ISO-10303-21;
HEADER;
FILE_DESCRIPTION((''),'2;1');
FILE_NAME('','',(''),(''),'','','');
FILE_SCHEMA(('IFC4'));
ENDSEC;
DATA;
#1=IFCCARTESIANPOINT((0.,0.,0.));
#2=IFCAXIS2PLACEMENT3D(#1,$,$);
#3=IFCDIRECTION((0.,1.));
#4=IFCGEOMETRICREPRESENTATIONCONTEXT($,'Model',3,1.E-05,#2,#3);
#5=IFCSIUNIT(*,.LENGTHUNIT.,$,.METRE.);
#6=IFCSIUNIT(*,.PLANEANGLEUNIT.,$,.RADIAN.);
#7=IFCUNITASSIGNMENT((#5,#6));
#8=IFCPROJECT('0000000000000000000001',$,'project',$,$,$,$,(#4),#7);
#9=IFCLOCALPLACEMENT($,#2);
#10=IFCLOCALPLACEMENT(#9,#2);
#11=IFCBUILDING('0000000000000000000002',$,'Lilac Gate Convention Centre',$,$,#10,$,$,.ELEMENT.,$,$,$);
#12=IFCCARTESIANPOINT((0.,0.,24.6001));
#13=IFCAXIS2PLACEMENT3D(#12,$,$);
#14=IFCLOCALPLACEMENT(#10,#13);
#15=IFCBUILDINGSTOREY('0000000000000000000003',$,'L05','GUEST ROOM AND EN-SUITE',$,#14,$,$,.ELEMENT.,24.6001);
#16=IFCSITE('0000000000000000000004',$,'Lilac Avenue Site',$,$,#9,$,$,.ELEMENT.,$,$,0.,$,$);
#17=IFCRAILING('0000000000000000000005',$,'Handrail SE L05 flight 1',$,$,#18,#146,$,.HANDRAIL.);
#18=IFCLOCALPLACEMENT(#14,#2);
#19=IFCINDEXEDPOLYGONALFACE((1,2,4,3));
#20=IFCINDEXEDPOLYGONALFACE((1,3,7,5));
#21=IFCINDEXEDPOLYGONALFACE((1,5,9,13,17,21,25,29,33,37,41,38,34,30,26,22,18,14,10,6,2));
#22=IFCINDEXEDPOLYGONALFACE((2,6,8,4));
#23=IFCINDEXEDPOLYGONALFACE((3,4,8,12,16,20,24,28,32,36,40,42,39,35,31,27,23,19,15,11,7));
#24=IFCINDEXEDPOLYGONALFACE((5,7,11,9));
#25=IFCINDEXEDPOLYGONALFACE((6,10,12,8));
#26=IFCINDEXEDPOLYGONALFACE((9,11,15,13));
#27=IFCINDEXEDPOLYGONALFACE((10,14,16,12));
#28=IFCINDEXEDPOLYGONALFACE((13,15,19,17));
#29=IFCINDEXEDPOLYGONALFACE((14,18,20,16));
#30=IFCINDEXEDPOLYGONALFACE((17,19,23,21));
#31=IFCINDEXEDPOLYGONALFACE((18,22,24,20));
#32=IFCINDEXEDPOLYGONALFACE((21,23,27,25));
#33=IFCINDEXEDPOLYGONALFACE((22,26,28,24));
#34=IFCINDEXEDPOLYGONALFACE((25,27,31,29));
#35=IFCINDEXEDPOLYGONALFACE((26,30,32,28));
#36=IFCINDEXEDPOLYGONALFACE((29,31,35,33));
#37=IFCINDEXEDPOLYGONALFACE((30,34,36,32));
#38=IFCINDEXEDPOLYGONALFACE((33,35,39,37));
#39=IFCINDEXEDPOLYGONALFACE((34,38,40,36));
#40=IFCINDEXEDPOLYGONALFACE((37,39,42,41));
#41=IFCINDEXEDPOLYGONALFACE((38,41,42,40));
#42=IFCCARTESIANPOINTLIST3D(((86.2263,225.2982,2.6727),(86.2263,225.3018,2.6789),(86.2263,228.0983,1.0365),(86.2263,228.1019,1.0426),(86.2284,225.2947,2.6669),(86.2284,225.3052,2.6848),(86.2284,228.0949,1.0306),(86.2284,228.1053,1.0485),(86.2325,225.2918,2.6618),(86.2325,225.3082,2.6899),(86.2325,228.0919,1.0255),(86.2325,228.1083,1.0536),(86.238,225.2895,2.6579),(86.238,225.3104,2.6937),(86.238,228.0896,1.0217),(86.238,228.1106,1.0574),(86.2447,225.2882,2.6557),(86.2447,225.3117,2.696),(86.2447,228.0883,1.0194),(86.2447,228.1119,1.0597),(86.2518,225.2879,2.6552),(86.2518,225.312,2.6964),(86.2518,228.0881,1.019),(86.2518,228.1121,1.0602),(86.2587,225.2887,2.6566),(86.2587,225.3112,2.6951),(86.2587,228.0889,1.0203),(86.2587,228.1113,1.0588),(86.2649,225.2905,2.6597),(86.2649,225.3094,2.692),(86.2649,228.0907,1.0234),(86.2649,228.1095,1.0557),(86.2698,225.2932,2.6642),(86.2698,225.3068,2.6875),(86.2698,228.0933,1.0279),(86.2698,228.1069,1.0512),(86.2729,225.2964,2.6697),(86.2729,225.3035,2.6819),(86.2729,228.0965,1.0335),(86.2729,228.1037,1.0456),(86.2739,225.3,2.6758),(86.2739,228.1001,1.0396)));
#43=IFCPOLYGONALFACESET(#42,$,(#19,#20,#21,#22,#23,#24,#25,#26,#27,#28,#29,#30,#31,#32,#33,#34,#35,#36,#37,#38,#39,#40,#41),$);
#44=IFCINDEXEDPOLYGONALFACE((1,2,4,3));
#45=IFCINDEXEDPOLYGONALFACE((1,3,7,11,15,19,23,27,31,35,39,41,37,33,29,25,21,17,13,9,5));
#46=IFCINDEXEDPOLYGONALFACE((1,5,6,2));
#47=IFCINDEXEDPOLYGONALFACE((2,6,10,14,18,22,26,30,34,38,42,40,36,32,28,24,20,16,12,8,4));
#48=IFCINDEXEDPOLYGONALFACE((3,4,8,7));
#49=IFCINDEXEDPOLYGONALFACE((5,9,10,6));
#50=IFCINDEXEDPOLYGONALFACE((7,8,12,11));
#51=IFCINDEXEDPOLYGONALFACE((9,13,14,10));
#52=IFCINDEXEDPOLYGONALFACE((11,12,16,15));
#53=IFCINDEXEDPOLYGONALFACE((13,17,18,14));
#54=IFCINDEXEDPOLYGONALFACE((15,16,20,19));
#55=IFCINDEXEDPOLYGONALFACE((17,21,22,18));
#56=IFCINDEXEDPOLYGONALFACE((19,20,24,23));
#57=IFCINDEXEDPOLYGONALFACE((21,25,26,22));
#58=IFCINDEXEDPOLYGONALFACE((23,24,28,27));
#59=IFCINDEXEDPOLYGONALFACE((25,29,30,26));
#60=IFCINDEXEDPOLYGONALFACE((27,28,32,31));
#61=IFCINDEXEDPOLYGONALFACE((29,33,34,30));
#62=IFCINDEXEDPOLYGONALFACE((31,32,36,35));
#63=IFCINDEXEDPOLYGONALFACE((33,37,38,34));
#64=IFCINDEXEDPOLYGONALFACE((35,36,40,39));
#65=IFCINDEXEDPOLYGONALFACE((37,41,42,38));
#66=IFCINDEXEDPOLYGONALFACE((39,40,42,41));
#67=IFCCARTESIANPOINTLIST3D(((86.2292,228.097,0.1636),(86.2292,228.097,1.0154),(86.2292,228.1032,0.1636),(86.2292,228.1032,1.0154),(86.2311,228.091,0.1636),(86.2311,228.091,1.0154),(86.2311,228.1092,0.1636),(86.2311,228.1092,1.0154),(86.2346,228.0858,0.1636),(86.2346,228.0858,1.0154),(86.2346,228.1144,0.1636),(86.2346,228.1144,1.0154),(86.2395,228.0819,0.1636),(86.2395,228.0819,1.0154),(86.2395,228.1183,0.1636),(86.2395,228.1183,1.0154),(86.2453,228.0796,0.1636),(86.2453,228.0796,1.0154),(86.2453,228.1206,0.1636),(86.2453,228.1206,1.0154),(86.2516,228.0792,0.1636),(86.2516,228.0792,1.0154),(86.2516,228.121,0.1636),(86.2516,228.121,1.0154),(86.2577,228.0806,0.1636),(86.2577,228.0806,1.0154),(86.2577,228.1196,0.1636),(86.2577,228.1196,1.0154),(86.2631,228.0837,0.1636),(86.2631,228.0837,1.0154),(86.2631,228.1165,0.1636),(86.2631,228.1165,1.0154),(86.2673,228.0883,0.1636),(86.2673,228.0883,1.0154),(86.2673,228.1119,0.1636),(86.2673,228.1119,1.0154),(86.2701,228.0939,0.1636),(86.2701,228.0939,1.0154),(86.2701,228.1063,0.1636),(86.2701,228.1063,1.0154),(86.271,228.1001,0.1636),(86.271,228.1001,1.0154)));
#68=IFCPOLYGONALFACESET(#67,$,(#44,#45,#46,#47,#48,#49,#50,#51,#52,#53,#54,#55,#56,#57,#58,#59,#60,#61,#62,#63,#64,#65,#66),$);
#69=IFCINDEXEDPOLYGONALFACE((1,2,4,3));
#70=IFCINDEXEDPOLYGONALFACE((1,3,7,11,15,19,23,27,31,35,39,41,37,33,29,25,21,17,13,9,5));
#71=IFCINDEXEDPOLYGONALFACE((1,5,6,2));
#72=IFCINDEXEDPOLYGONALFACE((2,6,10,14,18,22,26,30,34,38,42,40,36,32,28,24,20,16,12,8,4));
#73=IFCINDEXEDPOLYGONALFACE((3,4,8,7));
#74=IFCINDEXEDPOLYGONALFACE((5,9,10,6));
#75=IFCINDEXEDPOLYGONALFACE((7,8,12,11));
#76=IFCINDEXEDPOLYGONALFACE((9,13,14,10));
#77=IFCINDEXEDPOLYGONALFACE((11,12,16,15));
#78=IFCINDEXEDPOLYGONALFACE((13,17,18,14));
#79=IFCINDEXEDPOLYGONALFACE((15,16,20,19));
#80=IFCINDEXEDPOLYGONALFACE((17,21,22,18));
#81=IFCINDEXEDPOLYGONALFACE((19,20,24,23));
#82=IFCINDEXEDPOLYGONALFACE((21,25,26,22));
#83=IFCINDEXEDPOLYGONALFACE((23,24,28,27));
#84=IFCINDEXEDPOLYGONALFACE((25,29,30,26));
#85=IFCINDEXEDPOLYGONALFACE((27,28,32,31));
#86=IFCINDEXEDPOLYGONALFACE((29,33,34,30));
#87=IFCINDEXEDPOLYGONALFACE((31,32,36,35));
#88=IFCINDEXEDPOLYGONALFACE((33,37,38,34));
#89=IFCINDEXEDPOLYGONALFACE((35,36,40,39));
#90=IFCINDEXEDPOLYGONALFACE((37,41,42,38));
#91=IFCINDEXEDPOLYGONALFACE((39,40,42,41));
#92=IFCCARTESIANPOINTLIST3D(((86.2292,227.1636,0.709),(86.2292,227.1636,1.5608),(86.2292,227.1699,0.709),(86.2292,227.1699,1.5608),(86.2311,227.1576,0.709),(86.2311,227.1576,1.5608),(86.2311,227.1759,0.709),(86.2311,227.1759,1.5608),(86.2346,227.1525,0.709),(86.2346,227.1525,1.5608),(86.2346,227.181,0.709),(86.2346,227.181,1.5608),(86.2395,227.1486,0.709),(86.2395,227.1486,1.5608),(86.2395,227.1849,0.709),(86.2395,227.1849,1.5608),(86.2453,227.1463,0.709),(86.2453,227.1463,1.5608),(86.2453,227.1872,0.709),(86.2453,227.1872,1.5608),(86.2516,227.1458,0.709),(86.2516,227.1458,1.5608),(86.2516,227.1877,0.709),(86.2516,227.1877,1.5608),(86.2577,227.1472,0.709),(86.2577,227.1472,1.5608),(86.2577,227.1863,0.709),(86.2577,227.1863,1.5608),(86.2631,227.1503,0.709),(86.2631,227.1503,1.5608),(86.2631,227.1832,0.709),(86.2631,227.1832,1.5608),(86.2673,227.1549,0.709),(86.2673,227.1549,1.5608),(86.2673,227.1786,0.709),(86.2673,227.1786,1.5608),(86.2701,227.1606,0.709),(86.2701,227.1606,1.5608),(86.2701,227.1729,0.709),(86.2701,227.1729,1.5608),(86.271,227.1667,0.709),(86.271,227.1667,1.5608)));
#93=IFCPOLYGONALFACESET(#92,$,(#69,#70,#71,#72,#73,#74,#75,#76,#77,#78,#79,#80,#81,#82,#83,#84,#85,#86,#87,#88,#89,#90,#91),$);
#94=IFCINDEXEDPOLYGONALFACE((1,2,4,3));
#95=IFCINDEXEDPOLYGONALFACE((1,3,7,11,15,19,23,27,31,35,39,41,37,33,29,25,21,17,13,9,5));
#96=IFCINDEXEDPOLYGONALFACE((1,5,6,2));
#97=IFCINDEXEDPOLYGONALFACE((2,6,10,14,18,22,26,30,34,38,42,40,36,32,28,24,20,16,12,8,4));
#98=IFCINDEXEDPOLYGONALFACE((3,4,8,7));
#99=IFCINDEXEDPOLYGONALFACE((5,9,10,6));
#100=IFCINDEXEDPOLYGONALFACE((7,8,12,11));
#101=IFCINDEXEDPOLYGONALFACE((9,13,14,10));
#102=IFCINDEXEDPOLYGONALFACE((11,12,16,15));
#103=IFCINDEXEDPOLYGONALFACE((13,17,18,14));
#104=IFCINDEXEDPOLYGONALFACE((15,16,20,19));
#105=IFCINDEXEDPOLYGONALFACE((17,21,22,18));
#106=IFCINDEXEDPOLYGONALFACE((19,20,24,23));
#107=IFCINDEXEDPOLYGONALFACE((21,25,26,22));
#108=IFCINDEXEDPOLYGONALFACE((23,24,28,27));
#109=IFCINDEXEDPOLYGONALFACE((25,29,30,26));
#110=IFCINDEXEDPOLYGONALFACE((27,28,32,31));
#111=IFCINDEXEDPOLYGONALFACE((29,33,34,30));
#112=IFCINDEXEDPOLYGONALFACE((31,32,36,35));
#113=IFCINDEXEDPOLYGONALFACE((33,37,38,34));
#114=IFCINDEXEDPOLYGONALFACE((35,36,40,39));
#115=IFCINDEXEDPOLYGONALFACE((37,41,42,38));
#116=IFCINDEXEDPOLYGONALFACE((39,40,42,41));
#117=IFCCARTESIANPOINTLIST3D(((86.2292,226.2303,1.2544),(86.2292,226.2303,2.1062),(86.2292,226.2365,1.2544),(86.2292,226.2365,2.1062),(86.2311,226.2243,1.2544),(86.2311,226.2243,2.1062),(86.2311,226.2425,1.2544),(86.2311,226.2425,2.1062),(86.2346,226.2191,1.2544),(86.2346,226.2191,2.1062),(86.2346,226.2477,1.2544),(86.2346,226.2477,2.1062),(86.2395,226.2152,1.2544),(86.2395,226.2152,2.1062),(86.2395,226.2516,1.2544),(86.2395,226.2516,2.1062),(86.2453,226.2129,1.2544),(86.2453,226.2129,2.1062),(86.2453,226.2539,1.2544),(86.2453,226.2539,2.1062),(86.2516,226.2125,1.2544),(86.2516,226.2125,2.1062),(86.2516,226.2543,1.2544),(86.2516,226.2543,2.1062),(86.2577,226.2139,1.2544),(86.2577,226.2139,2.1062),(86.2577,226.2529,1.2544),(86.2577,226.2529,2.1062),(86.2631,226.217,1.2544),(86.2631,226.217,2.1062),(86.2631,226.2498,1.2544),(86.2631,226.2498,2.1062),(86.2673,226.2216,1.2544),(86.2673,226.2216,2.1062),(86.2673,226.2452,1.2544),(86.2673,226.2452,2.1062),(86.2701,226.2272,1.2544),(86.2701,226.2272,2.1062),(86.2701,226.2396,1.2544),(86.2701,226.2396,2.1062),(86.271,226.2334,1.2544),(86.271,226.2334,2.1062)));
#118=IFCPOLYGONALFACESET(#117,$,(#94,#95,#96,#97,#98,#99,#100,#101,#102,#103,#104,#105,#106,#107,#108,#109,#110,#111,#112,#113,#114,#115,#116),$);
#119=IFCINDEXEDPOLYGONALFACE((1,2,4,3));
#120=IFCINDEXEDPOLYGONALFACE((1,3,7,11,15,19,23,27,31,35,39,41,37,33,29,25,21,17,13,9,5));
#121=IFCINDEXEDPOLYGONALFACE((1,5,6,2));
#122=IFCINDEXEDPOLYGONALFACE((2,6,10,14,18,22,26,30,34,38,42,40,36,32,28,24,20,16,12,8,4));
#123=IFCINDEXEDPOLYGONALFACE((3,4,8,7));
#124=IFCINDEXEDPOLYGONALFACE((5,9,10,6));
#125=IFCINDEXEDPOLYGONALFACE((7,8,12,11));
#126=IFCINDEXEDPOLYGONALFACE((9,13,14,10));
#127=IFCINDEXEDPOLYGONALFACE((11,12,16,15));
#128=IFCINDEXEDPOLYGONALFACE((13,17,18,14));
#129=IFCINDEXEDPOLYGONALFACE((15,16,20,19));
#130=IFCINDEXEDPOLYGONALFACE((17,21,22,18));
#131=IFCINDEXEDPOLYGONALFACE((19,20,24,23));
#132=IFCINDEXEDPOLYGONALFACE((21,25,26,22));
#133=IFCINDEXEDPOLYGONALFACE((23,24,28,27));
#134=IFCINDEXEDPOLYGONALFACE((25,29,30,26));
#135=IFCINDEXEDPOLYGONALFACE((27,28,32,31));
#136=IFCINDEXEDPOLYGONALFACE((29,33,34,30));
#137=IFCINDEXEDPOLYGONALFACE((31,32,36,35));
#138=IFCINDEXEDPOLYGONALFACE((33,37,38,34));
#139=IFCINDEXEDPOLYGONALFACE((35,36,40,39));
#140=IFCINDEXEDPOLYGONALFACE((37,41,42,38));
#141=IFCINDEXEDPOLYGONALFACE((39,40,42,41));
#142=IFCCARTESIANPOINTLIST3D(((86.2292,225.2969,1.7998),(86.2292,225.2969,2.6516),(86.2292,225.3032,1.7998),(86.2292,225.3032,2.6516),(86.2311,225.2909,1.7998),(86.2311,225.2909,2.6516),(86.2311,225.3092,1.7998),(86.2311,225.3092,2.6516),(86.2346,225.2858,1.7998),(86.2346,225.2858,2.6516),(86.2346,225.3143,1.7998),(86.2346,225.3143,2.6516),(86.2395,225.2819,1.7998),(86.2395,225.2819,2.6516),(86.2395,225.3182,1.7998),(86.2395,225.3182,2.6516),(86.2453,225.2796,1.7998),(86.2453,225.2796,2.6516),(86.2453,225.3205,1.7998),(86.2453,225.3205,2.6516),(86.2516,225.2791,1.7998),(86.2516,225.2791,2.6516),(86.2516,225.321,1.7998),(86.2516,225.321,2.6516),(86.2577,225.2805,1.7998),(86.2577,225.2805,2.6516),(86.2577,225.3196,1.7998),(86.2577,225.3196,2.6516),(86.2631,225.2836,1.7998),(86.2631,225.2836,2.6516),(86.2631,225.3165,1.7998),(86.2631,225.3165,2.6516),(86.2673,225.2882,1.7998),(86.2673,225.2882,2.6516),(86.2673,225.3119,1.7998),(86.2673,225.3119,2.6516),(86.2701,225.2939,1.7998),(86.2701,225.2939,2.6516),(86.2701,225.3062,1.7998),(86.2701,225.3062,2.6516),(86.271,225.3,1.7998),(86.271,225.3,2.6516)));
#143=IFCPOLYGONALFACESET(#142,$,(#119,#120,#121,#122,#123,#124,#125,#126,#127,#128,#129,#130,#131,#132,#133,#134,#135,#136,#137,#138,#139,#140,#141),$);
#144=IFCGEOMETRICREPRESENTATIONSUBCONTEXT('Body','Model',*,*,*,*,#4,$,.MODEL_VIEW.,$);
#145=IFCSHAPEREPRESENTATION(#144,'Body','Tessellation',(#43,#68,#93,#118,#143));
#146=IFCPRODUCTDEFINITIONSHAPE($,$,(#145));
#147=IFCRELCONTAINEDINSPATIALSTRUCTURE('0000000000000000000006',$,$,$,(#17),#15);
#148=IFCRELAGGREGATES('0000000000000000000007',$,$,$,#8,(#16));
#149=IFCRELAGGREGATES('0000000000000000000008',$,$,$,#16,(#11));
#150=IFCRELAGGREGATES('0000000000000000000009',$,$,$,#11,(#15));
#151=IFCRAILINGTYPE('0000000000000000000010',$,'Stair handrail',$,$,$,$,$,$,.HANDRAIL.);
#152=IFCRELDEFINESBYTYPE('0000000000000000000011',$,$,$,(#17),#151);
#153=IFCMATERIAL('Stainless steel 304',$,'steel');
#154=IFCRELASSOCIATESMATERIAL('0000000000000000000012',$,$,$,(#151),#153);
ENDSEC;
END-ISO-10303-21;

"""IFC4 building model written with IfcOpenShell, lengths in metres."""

from ifc_helpers import new_model, si_unit, direction, frame, origin, origin_2d, place, context, subcontext, project, spatial, circle, extrude, material, type_object, element, save


model = new_model("IFC4")

# Units and contexts
model_context = context("Model", 3, precision=1e-05, world=origin(), true_north=direction((0.0, 1.0)))
body_context = subcontext(model_context, "Body", "Model", "MODEL_VIEW")
ifc_project = project(units=[si_unit("LENGTHUNIT", "METRE"), si_unit("PLANEANGLEUNIT", "RADIAN")], contexts=[model_context])

# Site, building, storey
site_placement = place(None, origin())
site = spatial("IfcSite", under=ifc_project, at=site_placement, Name="Lilac Avenue Site", CompositionType="ELEMENT", RefElevation=0.0)
building_placement = place(site_placement, origin())
building = spatial("IfcBuilding", under=site, at=building_placement, Name="Lilac Gate Convention Centre", CompositionType="ELEMENT")
storey_placement = place(building_placement, frame((0.0, 0.0, 24.6001)))
storey = spatial("IfcBuildingStorey", under=building, at=storey_placement, Name="L05", Description="GUEST ROOM AND EN-SUITE", CompositionType="ELEMENT", Elevation=24.6001)

# Railing
ifc_material_1 = material(Name="Stainless steel 304", Category="steel")
railing_type = type_object("IfcRailingType", Name="Stair handrail", PredefinedType="HANDRAIL", material=ifc_material_1)
for number, where, name in (
    (1, (86.25, 228.1001, 0.1636), "Handrail SE L05 flight 1"),
):
    element("IfcRailing", number, at=place(storey_placement, frame(where)), inside=storey, type_object=railing_type, Name=name, PredefinedType="HANDRAIL", context=body_context, shape_type="SweptSolid", body=[
        extrude(circle(Radius=0.0239, at=origin_2d()), frame((0.0, 0.0, 0.876), z_axis=(0.0, -0.863394, 0.504531), x_axis=(1.0, 0.0, 0.0)), (0.0, 0.0, 1.0), 3.2432),
        extrude(circle(Radius=0.021, at=origin_2d()), origin(), (0.0, 0.0, 1.0), 0.8518),
        extrude(circle(Radius=0.021, at=origin_2d()), frame((0.0, -0.9333, 0.5454)), (0.0, 0.0, 1.0), 0.8518),
        extrude(circle(Radius=0.021, at=origin_2d()), frame((0.0, -1.8667, 1.0908)), (0.0, 0.0, 1.0), 0.8518),
        extrude(circle(Radius=0.021, at=origin_2d()), frame((0.0, -2.8, 1.6362)), (0.0, 0.0, 1.0), 0.8518),
    ])

save(model, "model.ifc")
